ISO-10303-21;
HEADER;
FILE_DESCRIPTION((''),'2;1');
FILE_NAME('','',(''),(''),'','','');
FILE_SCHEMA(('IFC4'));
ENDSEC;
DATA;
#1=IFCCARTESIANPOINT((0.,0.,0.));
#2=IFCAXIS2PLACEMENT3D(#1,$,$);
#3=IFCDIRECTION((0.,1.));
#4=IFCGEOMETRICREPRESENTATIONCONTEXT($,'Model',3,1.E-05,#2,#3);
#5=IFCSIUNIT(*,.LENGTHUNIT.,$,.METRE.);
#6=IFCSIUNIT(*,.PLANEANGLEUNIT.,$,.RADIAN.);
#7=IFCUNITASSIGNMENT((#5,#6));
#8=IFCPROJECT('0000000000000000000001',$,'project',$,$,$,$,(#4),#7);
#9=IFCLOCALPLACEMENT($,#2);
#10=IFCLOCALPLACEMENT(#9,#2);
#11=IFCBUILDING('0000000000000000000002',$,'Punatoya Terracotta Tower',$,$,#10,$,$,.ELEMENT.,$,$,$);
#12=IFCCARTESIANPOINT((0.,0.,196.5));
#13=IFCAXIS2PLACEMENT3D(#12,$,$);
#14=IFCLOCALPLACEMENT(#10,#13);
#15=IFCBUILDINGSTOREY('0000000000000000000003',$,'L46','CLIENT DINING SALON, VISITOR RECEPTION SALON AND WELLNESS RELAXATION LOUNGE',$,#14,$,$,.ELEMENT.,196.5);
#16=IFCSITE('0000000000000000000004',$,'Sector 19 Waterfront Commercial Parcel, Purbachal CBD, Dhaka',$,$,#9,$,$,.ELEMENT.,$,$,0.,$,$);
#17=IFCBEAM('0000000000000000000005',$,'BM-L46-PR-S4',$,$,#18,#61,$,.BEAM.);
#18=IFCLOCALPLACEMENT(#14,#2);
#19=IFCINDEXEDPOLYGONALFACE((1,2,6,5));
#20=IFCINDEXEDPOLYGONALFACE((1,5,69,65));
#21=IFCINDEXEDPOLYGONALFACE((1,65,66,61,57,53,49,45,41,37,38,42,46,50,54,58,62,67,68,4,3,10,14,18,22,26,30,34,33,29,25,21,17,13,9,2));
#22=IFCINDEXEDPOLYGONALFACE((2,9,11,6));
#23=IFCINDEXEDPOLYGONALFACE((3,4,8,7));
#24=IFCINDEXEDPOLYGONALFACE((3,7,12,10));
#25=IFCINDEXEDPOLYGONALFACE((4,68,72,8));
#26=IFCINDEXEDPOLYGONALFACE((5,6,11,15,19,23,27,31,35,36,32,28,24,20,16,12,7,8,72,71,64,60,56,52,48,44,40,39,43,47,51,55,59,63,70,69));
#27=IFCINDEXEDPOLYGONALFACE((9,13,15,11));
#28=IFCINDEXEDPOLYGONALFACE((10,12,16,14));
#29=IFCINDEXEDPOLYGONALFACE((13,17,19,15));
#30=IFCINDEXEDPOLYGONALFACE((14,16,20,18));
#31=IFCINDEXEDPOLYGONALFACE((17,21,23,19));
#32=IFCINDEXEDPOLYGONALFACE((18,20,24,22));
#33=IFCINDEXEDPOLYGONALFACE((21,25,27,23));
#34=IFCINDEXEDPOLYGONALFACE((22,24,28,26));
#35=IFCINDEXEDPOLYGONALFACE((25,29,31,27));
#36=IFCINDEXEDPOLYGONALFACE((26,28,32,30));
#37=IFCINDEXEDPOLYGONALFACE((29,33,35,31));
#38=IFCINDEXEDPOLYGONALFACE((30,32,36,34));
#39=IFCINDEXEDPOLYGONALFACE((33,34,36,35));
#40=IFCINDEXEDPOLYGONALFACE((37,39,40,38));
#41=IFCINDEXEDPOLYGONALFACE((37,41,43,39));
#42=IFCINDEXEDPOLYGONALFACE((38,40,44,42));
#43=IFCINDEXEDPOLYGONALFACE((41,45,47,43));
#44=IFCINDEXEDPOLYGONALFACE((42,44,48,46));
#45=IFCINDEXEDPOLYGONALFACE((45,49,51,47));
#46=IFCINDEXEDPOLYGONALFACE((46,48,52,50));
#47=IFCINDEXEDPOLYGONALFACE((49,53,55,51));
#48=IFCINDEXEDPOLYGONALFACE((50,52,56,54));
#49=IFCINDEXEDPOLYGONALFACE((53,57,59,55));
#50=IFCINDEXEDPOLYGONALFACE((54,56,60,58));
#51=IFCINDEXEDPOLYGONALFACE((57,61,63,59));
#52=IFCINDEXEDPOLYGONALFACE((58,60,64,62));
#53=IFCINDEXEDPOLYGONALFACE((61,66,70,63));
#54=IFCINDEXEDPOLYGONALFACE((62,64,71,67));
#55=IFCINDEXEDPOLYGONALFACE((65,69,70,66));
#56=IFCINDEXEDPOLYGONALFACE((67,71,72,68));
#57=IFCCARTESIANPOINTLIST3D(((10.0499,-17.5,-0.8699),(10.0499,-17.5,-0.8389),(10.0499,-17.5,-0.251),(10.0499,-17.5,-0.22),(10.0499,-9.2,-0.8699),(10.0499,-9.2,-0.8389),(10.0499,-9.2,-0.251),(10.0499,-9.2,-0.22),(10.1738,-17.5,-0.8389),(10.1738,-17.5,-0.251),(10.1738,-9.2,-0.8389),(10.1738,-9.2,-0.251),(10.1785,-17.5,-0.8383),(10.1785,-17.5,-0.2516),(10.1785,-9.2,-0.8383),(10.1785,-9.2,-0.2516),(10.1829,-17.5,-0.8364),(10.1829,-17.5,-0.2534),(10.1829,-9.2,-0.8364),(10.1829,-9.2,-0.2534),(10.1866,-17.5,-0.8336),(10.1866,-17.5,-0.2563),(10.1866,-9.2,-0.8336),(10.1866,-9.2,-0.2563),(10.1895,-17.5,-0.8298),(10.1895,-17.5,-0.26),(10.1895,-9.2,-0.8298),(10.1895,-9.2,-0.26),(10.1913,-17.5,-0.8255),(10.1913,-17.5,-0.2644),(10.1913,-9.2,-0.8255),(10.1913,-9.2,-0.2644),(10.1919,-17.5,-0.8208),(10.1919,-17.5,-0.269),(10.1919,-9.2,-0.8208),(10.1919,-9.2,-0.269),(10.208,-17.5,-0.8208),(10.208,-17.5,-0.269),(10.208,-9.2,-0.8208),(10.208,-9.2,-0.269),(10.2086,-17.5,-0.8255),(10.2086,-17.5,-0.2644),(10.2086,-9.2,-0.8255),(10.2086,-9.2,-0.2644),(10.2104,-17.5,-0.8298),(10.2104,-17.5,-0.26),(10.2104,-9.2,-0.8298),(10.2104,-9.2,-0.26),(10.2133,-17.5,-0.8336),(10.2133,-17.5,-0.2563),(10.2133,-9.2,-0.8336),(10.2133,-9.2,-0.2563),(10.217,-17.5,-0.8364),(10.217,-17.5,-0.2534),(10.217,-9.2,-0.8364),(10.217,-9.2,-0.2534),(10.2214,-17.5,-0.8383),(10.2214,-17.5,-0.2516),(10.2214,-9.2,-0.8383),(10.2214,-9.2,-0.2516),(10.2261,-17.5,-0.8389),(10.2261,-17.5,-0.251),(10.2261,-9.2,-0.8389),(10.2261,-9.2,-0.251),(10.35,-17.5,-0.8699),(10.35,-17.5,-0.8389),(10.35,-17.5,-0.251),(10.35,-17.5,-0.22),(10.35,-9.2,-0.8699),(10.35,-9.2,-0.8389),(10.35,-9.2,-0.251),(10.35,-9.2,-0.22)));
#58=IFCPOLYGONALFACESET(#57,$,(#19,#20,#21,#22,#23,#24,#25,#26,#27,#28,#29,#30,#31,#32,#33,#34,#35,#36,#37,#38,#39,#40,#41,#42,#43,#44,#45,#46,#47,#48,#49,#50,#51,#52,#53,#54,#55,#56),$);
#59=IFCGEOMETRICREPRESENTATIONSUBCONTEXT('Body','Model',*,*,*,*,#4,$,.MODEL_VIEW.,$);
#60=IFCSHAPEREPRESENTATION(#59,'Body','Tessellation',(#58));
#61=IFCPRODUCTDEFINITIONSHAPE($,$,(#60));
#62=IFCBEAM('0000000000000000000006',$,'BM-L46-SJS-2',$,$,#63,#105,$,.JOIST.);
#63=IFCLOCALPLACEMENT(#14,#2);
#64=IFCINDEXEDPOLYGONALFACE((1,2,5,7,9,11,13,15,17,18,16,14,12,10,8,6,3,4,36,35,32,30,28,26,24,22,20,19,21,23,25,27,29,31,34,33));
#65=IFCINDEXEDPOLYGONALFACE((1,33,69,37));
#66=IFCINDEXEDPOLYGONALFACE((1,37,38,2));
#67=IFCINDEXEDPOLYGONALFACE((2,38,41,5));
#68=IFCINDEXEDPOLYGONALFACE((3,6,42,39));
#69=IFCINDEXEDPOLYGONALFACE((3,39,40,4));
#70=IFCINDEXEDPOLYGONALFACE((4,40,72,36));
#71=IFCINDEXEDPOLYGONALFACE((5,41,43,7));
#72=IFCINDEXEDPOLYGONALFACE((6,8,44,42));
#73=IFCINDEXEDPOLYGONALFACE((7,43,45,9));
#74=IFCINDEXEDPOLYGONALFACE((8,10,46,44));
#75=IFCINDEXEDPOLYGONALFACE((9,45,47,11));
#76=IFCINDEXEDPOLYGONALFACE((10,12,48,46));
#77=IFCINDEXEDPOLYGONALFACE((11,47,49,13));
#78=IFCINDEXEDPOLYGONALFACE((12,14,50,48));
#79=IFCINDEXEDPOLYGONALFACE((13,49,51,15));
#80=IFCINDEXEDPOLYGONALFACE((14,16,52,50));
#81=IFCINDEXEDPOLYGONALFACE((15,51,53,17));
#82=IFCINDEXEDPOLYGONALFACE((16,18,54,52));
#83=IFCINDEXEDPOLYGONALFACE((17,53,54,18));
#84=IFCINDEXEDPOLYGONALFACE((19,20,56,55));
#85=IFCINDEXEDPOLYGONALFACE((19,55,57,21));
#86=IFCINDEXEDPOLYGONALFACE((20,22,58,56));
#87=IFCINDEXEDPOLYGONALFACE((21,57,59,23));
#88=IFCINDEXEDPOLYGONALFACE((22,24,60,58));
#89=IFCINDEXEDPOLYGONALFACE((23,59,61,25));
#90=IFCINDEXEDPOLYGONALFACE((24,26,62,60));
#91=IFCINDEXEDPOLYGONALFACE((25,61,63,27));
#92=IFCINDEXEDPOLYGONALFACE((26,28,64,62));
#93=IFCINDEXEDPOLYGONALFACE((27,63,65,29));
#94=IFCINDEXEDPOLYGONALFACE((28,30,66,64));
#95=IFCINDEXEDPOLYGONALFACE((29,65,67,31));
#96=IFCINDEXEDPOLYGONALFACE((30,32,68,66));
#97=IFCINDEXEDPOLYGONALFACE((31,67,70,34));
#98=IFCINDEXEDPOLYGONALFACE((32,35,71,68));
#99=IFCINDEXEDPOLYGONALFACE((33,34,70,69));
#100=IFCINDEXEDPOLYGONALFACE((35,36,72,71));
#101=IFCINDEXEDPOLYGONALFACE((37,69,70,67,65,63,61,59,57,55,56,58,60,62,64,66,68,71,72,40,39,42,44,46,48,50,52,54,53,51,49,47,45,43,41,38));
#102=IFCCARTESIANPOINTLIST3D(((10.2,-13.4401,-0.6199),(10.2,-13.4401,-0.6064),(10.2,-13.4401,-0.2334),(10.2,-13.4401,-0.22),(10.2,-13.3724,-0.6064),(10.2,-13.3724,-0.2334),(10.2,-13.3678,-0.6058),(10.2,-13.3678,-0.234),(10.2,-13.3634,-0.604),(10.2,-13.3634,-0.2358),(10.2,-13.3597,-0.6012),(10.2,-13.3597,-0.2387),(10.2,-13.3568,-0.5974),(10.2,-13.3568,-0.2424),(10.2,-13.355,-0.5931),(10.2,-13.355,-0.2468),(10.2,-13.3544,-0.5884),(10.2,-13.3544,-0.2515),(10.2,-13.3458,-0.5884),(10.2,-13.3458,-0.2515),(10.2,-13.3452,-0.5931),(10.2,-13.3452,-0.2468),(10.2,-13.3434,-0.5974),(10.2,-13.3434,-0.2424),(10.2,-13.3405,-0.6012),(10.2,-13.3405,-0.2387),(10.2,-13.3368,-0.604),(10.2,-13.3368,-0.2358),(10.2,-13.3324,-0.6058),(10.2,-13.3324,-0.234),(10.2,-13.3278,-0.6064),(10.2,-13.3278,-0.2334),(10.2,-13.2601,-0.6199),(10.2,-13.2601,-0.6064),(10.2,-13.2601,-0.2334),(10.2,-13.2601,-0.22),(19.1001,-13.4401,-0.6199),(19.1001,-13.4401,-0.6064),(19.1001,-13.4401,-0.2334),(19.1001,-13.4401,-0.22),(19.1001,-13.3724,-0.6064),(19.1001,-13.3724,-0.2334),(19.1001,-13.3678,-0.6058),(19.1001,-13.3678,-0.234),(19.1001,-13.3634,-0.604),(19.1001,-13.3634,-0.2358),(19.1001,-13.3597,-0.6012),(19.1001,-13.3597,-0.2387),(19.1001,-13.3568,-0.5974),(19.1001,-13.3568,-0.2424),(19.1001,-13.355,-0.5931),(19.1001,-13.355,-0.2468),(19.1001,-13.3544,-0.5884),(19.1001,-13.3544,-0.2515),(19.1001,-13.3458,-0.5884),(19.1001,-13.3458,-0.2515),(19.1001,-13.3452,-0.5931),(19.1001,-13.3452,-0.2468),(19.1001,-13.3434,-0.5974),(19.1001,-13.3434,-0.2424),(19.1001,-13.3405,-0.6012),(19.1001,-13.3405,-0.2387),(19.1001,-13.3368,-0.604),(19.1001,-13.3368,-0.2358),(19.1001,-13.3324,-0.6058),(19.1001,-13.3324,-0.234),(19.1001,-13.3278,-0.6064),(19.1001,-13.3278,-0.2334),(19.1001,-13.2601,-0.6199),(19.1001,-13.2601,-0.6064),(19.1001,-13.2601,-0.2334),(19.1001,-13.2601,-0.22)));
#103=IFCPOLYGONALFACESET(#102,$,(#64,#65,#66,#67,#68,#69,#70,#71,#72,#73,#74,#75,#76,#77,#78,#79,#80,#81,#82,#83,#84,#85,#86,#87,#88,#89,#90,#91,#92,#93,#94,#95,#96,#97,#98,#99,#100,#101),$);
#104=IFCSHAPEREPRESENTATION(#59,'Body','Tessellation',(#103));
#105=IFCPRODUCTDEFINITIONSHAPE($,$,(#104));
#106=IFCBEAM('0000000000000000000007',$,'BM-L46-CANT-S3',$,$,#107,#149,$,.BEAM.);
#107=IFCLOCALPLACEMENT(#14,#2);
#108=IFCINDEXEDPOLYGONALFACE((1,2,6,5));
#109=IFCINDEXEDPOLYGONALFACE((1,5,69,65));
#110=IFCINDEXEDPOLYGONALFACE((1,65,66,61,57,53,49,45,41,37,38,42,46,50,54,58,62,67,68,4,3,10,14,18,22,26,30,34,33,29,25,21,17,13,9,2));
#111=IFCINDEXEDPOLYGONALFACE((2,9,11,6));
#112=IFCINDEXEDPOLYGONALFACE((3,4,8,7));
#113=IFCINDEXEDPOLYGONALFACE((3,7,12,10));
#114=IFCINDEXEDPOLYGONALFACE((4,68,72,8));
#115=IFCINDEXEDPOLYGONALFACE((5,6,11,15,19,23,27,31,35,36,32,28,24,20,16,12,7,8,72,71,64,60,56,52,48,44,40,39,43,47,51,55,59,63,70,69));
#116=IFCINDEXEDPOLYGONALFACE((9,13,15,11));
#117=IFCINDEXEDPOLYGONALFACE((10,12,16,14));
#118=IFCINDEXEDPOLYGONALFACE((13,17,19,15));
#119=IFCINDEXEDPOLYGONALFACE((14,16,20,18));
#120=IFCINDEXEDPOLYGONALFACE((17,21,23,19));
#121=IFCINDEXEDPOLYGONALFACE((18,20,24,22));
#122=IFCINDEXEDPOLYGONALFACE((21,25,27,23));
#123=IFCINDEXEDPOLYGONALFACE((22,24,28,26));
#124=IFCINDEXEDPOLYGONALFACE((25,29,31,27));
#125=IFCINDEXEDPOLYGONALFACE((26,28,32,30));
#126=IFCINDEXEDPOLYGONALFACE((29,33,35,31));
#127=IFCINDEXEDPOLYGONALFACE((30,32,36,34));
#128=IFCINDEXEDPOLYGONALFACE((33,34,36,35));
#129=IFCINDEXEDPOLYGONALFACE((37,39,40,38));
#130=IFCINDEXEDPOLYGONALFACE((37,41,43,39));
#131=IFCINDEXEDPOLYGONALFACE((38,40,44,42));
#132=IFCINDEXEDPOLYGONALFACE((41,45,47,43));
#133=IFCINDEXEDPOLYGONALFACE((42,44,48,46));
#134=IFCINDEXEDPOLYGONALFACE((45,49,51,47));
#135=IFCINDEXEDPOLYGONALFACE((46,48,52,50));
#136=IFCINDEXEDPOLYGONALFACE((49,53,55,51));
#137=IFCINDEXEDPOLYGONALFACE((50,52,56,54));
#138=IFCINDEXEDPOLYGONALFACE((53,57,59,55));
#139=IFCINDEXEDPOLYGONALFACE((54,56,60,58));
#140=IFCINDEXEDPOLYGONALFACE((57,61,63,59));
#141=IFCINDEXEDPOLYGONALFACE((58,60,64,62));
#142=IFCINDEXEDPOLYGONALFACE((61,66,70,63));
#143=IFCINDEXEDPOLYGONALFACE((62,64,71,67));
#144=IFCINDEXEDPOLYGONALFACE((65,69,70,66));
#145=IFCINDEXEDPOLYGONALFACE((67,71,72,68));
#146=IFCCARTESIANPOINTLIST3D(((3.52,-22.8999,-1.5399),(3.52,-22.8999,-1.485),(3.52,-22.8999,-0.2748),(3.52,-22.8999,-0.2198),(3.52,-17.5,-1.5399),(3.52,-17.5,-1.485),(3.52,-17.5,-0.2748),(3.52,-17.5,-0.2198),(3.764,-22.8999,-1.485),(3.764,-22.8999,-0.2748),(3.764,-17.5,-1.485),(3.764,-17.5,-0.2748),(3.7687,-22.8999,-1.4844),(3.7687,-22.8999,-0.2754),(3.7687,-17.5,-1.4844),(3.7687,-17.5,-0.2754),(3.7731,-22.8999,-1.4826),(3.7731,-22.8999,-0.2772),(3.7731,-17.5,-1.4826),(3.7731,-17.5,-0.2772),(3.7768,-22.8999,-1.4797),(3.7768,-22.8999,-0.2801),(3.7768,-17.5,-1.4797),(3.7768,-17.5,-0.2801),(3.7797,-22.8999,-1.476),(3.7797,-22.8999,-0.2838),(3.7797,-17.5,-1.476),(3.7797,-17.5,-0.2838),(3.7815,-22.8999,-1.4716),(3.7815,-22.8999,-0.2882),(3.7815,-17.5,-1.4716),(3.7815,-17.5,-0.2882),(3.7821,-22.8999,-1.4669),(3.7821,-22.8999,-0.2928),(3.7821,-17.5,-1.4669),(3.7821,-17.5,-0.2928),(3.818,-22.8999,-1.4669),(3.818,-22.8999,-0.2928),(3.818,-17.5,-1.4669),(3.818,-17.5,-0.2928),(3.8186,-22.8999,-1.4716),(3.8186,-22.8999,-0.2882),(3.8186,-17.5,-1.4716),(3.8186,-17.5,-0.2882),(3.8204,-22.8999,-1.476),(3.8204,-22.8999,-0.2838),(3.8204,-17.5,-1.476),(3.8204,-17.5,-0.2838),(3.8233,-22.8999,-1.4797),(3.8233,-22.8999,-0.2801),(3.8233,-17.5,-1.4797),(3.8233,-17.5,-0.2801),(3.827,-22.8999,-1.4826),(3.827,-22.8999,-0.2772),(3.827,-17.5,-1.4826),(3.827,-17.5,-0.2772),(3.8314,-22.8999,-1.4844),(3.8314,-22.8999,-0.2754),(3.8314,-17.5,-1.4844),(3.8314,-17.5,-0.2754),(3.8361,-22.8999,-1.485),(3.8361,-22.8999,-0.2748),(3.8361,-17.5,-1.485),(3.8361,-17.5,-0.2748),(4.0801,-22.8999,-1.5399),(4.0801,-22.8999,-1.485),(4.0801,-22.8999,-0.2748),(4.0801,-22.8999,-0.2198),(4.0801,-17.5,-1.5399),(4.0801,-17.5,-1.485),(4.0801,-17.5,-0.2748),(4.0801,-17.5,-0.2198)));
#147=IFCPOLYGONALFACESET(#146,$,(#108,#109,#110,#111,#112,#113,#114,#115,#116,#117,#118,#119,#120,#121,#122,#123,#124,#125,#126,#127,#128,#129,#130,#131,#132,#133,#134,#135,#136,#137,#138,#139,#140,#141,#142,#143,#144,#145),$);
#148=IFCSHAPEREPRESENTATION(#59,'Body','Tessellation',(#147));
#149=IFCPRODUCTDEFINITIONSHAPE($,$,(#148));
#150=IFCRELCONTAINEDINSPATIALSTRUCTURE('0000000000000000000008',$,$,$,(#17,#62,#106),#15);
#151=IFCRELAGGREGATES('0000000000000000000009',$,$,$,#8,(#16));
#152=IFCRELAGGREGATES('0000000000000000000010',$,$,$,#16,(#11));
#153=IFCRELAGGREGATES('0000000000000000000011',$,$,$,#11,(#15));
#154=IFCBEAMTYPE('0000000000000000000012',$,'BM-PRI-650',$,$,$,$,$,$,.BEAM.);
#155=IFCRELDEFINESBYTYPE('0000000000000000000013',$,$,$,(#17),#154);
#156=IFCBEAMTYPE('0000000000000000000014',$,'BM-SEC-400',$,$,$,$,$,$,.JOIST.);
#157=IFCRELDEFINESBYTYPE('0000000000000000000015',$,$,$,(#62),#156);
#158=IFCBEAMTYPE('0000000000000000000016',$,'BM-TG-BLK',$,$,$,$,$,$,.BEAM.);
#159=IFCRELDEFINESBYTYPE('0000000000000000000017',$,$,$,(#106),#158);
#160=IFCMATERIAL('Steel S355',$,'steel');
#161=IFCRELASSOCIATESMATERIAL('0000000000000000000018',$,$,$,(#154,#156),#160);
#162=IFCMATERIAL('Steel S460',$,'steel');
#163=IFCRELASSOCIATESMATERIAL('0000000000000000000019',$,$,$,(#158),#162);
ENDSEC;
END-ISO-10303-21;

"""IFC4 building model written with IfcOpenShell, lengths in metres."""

from ifc_helpers import new_model, si_unit, direction, frame, origin, origin_2d, place, context, subcontext, project, spatial, i_section, extrude, material, material_profile, profile_set, type_object, element, save


model = new_model("IFC4")

# Units and contexts
model_context = context("Model", 3, precision=1e-05, world=origin(), true_north=direction((0.0, 1.0)))
body_context = subcontext(model_context, "Body", "Model", "MODEL_VIEW")
ifc_project = project(units=[si_unit("LENGTHUNIT", "METRE"), si_unit("PLANEANGLEUNIT", "RADIAN")], contexts=[model_context])

# Site, building, storey
site_placement = place(None, origin())
site = spatial("IfcSite", under=ifc_project, at=site_placement, Name="Sector 19 Waterfront Commercial Parcel, Purbachal CBD, Dhaka", CompositionType="ELEMENT", RefElevation=0.0)
building_placement = place(site_placement, origin())
building = spatial("IfcBuilding", under=site, at=building_placement, Name="Punatoya Terracotta Tower", CompositionType="ELEMENT")
storey_placement = place(building_placement, frame((0.0, 0.0, 196.5)))
storey = spatial("IfcBuildingStorey", under=building, at=storey_placement, Name="L46", Description="CLIENT DINING SALON, VISITOR RECEPTION SALON AND WELLNESS RELAXATION LOUNGE", CompositionType="ELEMENT", Elevation=196.5)

# Shared definitions
ifc_material_1 = material(Name="Steel S460", Category="steel")

# Beams
ifc_material_2 = material(Name="Steel S355", Category="steel")
ifc_material_profile_1 = material_profile(ifc_material_2, i_section(OverallWidth=0.3, OverallDepth=0.6499, WebThickness=0.0161, FlangeThickness=0.031, FilletRadius=0.0181, at=origin_2d()))
ifc_profile_set_1 = profile_set([ifc_material_profile_1], Name="Steel S355")
beam_type_1 = type_object("IfcBeamType", Name="BM-PRI-650", PredefinedType="BEAM", material=ifc_profile_set_1)
for number, where, z_axis, x_axis, name in (
    (1, (10.2, -17.5, -0.5449), (0.0, 1.0, 0.0), (-1.0, 0.0, 0.0), "BM-L46-PR-S4"),
):
    element("IfcBeam", number, at=place(storey_placement, frame(where, z_axis=z_axis, x_axis=x_axis)), inside=storey, type_object=beam_type_1, Name=name, PredefinedType="BEAM", context=body_context, shape_type="SweptSolid", body=[
        extrude(i_section(OverallWidth=0.3, OverallDepth=0.6499, WebThickness=0.0161, FlangeThickness=0.031, FilletRadius=0.0181, at=origin_2d()), origin(), (0.0, 0.0, 1.0), 8.3),
    ])
ifc_material_profile_2 = material_profile(ifc_material_2, i_section(OverallWidth=0.1799, OverallDepth=0.3999, WebThickness=0.0085, FlangeThickness=0.0134, FilletRadius=0.0181, at=origin_2d()))
ifc_profile_set_2 = profile_set([ifc_material_profile_2], Name="Steel S355")
beam_type_2 = type_object("IfcBeamType", Name="BM-SEC-400", PredefinedType="JOIST", material=ifc_profile_set_2)
beam_1_placement = place(storey_placement, frame((10.2, -13.3501, -0.4199), z_axis=(1.0, 0.0, 0.0), x_axis=(0.0, 1.0, 0.0)))
element("IfcBeam", 2, at=beam_1_placement, inside=storey, type_object=beam_type_2, Name="BM-L46-SJS-2", PredefinedType="JOIST", context=body_context, shape_type="SweptSolid", body=[
    extrude(i_section(OverallWidth=0.1799, OverallDepth=0.3999, WebThickness=0.0085, FlangeThickness=0.0134, FilletRadius=0.0181, at=origin_2d()), origin(), (0.0, 0.0, 1.0), 8.9001),
])
ifc_material_profile_3 = material_profile(ifc_material_1, i_section(OverallWidth=0.5601, OverallDepth=1.3201, WebThickness=0.0359, FlangeThickness=0.0549, FilletRadius=0.0181, at=origin_2d()))
ifc_profile_set_3 = profile_set([ifc_material_profile_3], Name="Steel S460")
beam_type_3 = type_object("IfcBeamType", Name="BM-TG-BLK", PredefinedType="BEAM", material=ifc_profile_set_3)
beam_2_placement = place(storey_placement, frame((3.8, -22.8999, -0.8799), z_axis=(0.0, 1.0, 0.0), x_axis=(-1.0, 0.0, 0.0)))
element("IfcBeam", 3, at=beam_2_placement, inside=storey, type_object=beam_type_3, Name="BM-L46-CANT-S3", PredefinedType="BEAM", context=body_context, shape_type="SweptSolid", body=[
    extrude(i_section(OverallWidth=0.5601, OverallDepth=1.3201, WebThickness=0.0359, FlangeThickness=0.0549, FilletRadius=0.0181, at=origin_2d()), origin(), (0.0, 0.0, 1.0), 5.3999),
])

save(model, "model.ifc")
